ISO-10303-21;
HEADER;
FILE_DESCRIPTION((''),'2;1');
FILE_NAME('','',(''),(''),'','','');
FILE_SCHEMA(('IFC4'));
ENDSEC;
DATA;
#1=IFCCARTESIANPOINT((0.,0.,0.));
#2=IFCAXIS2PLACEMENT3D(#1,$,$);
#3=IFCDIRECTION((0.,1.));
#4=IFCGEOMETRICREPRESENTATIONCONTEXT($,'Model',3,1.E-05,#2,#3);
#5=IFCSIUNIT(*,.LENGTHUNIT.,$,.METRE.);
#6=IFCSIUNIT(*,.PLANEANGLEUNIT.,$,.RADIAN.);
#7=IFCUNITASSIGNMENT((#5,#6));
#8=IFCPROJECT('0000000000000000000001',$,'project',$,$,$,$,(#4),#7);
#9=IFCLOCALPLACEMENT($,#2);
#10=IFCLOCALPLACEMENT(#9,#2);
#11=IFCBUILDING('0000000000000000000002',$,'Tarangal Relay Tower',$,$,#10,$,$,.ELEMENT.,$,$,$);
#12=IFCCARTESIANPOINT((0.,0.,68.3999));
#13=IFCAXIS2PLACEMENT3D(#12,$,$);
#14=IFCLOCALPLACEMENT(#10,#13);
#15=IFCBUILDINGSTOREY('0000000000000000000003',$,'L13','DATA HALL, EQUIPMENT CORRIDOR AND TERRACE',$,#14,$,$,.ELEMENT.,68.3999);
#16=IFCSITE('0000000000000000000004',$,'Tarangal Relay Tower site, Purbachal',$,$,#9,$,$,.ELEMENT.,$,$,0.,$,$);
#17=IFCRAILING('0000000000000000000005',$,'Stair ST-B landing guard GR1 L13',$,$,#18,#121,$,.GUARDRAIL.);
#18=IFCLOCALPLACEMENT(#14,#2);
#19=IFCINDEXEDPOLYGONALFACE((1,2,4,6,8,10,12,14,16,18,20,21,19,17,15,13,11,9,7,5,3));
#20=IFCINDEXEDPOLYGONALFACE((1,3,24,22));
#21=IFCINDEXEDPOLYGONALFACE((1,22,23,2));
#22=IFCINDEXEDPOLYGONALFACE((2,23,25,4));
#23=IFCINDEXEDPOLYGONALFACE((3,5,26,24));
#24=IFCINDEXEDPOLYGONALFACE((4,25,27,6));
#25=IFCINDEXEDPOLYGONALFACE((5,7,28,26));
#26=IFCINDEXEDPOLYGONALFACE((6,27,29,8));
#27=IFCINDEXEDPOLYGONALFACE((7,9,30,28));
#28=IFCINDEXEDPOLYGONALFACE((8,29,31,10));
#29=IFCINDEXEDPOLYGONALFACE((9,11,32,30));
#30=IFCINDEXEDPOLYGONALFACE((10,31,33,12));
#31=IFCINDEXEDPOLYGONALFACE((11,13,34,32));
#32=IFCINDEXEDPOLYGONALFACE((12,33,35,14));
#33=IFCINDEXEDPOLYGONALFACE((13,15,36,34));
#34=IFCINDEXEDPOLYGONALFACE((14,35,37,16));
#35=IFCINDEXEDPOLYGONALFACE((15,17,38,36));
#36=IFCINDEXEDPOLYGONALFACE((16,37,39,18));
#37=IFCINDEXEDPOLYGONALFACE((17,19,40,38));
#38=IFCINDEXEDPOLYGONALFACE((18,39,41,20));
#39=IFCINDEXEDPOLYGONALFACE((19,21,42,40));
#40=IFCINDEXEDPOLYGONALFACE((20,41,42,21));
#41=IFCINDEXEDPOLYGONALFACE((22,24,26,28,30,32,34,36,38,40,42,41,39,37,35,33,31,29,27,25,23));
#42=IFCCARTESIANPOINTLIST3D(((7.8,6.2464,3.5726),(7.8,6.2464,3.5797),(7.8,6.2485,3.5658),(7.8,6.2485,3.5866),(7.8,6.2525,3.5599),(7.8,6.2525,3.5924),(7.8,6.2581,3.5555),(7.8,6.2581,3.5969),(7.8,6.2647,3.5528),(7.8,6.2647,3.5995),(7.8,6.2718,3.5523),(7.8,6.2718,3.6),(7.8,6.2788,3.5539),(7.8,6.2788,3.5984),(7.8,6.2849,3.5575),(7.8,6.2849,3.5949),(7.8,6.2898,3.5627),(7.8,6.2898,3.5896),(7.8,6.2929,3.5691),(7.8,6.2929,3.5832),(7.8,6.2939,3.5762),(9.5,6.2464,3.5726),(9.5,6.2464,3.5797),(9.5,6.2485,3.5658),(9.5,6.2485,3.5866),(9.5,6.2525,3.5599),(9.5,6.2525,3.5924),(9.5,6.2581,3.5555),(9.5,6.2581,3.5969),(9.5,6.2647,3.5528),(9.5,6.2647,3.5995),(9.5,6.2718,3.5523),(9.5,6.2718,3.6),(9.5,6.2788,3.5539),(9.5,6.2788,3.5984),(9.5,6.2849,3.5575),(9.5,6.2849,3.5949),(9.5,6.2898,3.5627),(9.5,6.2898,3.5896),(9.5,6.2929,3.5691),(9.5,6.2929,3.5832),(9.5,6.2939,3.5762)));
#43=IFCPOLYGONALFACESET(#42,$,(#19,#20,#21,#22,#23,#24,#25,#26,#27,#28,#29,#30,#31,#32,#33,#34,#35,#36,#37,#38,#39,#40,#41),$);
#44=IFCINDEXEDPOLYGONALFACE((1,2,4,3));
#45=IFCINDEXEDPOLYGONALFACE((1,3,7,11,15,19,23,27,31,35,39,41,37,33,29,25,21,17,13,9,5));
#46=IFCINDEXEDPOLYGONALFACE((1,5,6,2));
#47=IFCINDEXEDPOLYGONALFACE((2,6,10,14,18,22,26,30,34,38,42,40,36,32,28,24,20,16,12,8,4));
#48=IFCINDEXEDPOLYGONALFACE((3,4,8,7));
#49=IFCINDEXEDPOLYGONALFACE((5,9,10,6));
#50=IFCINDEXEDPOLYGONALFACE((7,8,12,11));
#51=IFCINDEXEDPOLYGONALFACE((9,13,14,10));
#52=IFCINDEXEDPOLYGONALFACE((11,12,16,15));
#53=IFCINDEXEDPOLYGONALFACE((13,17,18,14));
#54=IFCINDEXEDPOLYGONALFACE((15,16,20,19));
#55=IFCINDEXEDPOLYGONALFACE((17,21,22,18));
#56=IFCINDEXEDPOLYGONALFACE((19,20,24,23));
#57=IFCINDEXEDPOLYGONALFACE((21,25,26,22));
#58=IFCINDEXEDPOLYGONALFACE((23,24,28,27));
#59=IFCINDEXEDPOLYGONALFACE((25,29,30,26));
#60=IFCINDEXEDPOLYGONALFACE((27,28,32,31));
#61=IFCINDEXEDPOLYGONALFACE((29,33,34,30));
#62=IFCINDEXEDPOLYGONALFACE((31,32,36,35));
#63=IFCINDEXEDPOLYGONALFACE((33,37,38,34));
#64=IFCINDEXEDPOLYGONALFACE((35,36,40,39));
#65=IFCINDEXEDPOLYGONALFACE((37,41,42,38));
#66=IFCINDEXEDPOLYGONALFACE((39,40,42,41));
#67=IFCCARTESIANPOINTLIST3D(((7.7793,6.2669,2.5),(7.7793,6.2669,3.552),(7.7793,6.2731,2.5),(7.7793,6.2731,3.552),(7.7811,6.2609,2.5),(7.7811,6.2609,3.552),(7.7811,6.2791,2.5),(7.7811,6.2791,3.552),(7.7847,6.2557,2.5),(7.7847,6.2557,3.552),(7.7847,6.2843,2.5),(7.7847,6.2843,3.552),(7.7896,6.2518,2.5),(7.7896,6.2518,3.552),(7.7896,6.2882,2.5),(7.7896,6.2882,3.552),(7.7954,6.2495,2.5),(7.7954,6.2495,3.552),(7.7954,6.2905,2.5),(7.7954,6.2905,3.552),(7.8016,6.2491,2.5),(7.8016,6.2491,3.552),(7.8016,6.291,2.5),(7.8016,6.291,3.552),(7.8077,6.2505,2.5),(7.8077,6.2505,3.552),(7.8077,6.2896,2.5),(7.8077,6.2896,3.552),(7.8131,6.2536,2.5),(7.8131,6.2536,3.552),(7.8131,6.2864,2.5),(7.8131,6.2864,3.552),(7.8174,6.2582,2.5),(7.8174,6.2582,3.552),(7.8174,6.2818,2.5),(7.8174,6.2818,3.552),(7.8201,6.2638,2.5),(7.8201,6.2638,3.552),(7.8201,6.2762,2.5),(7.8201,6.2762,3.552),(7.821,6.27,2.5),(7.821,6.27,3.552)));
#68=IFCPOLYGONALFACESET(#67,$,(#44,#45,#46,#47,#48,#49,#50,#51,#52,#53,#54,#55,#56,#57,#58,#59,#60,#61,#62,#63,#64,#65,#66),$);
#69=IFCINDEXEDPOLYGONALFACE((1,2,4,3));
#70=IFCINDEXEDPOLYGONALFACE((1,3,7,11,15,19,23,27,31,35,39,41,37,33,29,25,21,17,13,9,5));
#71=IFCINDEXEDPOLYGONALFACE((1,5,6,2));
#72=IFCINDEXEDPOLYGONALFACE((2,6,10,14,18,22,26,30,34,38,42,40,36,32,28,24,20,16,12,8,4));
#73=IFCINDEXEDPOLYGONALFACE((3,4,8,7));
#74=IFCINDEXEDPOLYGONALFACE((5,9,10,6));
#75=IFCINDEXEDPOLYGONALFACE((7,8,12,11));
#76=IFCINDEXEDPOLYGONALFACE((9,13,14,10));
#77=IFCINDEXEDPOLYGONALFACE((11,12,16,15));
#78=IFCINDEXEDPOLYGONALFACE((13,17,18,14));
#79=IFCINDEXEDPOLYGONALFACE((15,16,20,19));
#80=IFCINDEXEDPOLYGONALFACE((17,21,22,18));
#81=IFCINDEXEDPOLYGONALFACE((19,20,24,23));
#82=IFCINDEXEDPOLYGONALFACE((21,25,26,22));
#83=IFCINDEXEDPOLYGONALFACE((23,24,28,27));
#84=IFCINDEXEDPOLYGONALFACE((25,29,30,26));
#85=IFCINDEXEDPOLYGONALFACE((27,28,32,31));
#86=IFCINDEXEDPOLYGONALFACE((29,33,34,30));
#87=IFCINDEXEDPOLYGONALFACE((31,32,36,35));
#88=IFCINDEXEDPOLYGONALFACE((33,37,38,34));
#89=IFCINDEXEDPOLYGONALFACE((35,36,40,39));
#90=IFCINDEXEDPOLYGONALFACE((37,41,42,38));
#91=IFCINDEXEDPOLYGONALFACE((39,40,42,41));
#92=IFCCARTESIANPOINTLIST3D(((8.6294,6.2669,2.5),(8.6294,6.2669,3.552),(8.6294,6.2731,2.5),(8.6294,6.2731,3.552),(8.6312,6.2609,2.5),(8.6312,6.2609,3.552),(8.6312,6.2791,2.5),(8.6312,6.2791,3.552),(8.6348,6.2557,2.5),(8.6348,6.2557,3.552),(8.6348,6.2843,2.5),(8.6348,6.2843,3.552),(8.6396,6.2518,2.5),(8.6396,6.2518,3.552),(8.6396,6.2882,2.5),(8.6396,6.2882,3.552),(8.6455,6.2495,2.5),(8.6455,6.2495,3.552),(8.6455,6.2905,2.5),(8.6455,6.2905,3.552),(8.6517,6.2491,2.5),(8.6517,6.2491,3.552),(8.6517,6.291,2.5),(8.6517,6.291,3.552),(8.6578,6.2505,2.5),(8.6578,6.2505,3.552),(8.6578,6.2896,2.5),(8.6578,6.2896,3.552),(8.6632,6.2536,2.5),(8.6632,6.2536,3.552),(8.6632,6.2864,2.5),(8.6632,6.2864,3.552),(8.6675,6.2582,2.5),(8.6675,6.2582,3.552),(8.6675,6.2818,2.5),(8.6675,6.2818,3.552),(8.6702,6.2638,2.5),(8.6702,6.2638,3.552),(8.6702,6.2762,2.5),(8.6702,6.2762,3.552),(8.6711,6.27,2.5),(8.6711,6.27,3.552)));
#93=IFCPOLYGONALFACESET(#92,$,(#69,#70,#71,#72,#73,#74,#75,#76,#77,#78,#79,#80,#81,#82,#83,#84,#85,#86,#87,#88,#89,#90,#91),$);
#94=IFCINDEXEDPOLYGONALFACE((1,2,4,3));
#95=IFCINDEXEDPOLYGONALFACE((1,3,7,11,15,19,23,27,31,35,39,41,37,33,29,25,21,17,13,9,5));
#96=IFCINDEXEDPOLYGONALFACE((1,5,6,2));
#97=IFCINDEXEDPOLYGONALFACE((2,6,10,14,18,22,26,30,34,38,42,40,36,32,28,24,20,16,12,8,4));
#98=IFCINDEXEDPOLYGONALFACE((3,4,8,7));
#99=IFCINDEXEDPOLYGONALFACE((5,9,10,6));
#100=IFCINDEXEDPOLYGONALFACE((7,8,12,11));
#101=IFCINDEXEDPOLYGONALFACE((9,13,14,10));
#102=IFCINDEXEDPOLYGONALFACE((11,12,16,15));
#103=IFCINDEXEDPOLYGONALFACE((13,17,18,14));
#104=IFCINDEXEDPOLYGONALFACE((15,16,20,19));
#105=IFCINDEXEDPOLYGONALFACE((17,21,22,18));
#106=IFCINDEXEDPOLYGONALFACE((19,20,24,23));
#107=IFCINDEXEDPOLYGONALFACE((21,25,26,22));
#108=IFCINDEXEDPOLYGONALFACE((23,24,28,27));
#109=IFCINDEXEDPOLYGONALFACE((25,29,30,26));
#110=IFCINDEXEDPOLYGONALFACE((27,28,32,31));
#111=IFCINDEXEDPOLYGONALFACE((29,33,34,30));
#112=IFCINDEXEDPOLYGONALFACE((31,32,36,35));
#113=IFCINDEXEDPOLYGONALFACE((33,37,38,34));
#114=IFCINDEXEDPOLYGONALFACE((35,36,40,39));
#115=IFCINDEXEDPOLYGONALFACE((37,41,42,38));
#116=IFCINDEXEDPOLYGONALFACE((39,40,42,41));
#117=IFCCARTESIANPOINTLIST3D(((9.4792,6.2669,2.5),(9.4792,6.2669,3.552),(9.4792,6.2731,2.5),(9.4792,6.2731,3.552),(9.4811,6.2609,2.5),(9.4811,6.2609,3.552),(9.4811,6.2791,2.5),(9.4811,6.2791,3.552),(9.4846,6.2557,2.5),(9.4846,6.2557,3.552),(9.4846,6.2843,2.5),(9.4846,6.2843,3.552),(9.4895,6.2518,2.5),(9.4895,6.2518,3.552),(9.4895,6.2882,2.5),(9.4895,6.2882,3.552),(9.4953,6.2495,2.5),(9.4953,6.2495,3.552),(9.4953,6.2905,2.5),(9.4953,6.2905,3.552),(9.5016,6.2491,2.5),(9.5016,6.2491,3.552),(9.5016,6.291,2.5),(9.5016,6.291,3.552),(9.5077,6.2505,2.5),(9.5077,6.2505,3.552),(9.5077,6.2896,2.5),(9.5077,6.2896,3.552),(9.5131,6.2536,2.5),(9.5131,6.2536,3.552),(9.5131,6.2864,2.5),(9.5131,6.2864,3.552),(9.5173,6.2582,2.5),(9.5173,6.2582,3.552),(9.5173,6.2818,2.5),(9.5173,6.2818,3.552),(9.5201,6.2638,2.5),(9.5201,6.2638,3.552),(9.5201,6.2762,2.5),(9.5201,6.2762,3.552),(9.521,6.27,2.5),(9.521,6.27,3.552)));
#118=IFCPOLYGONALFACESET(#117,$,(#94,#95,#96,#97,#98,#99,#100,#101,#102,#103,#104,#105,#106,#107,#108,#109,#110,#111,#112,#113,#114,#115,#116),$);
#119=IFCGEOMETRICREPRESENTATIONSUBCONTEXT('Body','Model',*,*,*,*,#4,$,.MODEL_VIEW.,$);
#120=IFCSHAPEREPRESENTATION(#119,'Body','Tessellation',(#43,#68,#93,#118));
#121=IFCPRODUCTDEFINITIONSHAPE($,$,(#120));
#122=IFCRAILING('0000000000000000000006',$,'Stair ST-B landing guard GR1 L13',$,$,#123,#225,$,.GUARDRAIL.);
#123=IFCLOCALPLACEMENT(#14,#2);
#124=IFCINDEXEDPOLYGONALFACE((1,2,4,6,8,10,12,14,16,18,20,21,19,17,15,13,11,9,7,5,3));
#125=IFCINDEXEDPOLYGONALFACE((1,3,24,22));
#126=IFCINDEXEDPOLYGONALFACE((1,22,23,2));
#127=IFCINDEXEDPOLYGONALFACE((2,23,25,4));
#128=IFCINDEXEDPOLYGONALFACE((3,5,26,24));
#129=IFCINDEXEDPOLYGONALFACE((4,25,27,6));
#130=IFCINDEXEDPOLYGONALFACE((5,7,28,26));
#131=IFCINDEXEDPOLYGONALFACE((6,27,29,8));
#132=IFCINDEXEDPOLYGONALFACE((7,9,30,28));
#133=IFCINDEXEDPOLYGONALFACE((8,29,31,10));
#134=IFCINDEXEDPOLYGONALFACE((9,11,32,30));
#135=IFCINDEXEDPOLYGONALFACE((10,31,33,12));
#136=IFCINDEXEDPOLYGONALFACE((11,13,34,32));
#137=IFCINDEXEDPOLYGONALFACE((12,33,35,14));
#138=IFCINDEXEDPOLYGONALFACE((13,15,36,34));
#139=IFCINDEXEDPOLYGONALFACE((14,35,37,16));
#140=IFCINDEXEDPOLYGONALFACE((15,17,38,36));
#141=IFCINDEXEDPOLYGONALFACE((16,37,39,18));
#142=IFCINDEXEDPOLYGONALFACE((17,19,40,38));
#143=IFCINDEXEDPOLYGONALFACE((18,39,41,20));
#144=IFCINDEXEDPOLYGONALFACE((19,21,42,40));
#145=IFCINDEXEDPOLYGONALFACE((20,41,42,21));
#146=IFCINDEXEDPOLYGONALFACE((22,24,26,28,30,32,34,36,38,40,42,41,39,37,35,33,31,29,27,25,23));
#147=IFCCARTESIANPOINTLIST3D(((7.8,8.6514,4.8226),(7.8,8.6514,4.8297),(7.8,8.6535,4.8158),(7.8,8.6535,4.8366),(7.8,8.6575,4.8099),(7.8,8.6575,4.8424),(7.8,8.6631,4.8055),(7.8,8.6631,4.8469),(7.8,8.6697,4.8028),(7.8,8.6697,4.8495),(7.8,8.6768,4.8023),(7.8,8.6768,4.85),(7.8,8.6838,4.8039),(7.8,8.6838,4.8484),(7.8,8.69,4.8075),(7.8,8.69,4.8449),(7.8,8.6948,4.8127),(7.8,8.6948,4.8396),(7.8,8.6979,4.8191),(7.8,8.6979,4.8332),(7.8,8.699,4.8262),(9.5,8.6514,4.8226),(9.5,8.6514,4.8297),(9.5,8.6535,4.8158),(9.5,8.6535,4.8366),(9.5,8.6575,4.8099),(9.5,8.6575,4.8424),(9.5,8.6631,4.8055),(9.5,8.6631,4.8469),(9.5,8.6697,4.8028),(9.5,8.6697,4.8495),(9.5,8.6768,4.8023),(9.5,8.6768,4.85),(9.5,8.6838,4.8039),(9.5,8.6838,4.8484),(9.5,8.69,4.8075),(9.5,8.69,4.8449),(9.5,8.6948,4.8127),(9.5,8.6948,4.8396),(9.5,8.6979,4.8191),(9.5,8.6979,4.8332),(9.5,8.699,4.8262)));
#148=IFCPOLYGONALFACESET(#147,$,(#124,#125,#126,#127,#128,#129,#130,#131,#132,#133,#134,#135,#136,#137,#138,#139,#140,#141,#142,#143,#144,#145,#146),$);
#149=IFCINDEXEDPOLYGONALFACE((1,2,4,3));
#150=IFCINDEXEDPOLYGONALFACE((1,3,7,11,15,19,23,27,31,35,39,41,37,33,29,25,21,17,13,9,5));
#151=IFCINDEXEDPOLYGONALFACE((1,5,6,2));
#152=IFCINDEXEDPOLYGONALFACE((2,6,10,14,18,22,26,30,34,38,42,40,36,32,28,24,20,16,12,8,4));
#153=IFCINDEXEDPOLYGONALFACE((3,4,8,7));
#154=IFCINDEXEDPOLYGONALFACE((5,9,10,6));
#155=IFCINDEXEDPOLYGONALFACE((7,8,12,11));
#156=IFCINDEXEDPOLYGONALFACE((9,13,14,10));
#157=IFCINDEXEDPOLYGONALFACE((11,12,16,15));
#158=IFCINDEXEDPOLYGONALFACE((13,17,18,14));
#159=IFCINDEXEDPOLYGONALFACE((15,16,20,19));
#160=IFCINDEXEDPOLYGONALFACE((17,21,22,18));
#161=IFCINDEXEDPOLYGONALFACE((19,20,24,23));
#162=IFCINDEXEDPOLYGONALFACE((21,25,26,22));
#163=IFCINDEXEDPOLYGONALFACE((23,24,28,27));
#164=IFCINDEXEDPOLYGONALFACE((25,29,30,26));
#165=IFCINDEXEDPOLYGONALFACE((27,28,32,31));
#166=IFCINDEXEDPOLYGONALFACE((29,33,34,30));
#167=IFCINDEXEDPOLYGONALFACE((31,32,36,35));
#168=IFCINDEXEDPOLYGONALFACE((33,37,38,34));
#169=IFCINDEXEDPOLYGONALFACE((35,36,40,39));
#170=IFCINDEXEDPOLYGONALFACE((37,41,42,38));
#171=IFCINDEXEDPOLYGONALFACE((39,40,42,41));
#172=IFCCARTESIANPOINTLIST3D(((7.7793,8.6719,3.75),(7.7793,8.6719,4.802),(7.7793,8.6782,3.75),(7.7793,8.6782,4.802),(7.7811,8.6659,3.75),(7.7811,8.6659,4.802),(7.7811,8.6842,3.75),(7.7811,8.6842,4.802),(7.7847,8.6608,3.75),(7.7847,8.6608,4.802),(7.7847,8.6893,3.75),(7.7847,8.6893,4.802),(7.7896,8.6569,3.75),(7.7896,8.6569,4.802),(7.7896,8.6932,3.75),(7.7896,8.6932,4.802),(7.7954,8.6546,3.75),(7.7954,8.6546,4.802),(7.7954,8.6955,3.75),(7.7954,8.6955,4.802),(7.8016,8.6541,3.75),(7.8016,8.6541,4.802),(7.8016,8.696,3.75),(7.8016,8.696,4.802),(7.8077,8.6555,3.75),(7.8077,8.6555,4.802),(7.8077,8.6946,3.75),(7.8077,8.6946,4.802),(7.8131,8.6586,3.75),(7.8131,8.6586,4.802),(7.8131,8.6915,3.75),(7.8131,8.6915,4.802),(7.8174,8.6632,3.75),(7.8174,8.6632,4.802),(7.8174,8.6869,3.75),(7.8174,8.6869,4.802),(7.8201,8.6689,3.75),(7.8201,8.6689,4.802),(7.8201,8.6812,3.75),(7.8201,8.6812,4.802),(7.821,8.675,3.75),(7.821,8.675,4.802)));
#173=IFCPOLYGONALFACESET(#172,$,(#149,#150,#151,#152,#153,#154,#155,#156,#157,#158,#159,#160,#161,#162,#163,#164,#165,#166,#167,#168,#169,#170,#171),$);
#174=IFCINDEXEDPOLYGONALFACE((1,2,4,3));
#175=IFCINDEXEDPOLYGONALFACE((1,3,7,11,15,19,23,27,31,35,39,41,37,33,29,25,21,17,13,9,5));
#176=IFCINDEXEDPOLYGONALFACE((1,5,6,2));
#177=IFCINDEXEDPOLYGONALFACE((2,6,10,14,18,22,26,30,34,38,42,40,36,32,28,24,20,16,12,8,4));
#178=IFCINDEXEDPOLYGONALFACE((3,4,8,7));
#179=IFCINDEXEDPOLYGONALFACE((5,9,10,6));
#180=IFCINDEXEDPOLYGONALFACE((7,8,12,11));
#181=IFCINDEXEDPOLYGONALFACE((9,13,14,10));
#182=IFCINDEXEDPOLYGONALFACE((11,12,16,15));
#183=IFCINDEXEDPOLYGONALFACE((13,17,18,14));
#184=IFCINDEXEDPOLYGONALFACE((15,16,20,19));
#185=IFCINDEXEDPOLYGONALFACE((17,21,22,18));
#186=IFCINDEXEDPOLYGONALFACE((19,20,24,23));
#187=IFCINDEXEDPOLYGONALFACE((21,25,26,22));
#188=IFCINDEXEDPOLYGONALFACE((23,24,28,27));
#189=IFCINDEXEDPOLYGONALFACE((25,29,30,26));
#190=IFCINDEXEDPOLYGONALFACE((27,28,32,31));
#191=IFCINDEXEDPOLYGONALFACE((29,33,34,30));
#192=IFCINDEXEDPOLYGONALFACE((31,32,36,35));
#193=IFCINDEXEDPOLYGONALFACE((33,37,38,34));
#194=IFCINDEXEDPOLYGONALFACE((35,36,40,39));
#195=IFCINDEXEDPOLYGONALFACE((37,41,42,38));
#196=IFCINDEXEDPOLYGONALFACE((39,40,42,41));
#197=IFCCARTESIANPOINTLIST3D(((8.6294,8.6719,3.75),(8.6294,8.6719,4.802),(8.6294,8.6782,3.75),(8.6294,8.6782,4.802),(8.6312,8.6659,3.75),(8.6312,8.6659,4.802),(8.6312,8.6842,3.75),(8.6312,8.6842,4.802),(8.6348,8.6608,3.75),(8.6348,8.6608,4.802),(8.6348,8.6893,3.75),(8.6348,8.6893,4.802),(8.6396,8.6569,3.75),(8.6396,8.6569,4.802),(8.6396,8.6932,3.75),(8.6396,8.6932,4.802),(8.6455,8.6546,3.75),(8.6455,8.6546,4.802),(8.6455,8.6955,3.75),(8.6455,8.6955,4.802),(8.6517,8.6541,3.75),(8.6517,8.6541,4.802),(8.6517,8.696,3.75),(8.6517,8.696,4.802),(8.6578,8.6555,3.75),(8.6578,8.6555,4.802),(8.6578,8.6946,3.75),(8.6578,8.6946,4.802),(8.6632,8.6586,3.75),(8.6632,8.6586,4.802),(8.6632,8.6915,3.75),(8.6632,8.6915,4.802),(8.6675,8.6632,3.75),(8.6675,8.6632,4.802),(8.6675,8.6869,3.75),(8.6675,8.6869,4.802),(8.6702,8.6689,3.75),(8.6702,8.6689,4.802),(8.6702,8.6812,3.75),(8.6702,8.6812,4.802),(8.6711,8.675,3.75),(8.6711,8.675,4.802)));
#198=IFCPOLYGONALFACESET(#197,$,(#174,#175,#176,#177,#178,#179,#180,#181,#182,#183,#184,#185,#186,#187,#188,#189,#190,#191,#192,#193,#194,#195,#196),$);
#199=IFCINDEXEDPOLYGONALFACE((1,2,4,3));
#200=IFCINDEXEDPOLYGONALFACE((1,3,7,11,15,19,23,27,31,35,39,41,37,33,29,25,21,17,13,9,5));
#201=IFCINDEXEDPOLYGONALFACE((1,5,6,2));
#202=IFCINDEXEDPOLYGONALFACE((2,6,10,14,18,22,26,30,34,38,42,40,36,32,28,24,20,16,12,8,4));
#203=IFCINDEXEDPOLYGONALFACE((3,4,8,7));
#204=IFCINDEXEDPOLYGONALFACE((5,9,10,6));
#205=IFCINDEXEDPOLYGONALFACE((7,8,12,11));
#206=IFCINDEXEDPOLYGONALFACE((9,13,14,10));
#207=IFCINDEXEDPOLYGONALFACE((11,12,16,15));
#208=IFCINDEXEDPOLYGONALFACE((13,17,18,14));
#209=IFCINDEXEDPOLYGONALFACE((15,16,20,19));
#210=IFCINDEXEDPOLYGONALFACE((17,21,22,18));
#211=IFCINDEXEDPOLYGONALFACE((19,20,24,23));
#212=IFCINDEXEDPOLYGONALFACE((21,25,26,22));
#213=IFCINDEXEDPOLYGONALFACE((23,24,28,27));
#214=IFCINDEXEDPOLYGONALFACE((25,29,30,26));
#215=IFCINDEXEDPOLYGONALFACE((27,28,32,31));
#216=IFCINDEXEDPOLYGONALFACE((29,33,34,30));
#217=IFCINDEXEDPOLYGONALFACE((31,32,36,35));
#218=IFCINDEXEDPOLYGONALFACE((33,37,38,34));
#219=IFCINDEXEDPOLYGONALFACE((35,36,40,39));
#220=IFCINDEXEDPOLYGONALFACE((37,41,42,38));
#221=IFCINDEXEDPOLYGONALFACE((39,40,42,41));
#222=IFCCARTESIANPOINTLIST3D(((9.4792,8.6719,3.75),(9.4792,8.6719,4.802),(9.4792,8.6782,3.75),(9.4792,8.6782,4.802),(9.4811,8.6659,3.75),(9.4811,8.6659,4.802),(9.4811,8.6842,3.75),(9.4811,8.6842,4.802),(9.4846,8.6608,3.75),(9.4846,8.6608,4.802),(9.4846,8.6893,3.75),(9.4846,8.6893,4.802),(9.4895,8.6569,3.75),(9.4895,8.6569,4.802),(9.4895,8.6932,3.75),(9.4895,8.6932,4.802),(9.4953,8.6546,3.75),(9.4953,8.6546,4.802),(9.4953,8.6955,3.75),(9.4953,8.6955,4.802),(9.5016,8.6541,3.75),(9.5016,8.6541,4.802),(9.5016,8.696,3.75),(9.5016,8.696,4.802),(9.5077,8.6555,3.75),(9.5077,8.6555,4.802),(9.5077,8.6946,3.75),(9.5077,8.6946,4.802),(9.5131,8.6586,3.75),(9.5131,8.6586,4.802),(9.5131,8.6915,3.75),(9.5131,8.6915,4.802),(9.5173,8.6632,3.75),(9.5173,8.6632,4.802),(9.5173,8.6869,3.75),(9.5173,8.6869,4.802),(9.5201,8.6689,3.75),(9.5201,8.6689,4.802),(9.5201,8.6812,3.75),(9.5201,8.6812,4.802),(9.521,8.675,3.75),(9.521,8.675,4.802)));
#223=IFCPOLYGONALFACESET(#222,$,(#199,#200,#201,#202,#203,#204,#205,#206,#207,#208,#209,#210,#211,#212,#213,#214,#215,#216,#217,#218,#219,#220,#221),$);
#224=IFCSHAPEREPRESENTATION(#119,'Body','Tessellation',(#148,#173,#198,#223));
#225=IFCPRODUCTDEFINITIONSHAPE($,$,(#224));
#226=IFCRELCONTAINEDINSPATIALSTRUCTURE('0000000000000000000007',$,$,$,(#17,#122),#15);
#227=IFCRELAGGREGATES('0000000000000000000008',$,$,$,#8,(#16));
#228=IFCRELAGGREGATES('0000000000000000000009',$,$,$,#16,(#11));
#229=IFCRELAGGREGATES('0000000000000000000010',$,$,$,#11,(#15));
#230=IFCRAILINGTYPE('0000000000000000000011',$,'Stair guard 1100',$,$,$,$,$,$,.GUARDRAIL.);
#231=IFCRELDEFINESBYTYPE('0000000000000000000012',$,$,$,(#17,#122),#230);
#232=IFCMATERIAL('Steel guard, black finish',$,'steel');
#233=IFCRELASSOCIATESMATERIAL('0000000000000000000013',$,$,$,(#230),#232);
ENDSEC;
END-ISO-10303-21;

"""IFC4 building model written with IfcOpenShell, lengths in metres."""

from ifc_helpers import new_model, si_unit, direction, frame, origin, origin_2d, place, context, subcontext, project, spatial, circle, extrude, material, type_object, element, save


model = new_model("IFC4")

# Units and contexts
model_context = context("Model", 3, precision=1e-05, world=origin(), true_north=direction((0.0, 1.0)))
body_context = subcontext(model_context, "Body", "Model", "MODEL_VIEW")
ifc_project = project(units=[si_unit("LENGTHUNIT", "METRE"), si_unit("PLANEANGLEUNIT", "RADIAN")], contexts=[model_context])

# Site, building, storey
site_placement = place(None, origin())
site = spatial("IfcSite", under=ifc_project, at=site_placement, Name="Tarangal Relay Tower site, Purbachal", CompositionType="ELEMENT", RefElevation=0.0)
building_placement = place(site_placement, origin())
building = spatial("IfcBuilding", under=site, at=building_placement, Name="Tarangal Relay Tower", CompositionType="ELEMENT")
storey_placement = place(building_placement, frame((0.0, 0.0, 68.3999)))
storey = spatial("IfcBuildingStorey", under=building, at=storey_placement, Name="L13", Description="DATA HALL, EQUIPMENT CORRIDOR AND TERRACE", CompositionType="ELEMENT", Elevation=68.3999)

# Railings
ifc_material_1 = material(Name="Steel guard, black finish", Category="steel")
railing_type_1 = type_object("IfcRailingType", Name="Stair guard 1100", PredefinedType="GUARDRAIL", material=ifc_material_1)
for number, where, name in (
    (1, (7.8, 6.27, 2.5), "Stair ST-B landing guard GR1 L13"),
    (2, (7.8, 8.675, 3.75), "Stair ST-B landing guard GR1 L13"),
):
    element("IfcRailing", number, at=place(storey_placement, frame(where)), inside=storey, type_object=railing_type_1, Name=name, PredefinedType="GUARDRAIL", context=body_context, shape_type="SweptSolid", body=[
        extrude(circle(Radius=0.0239, at=origin_2d()), frame((0.0, 0.0, 1.0762), z_axis=(1.0, 0.0, 0.0), x_axis=(0.0, 1.0, 0.0)), (0.0, 0.0, 1.0), 1.7),
        extrude(circle(Radius=0.021, at=origin_2d()), origin(), (0.0, 0.0, 1.0), 1.052),
        extrude(circle(Radius=0.021, at=origin_2d()), frame((0.8501, 0.0, 0.0)), (0.0, 0.0, 1.0), 1.052),
        extrude(circle(Radius=0.021, at=origin_2d()), frame((1.7, 0.0, 0.0)), (0.0, 0.0, 1.0), 1.052),
    ])

save(model, "model.ifc")
